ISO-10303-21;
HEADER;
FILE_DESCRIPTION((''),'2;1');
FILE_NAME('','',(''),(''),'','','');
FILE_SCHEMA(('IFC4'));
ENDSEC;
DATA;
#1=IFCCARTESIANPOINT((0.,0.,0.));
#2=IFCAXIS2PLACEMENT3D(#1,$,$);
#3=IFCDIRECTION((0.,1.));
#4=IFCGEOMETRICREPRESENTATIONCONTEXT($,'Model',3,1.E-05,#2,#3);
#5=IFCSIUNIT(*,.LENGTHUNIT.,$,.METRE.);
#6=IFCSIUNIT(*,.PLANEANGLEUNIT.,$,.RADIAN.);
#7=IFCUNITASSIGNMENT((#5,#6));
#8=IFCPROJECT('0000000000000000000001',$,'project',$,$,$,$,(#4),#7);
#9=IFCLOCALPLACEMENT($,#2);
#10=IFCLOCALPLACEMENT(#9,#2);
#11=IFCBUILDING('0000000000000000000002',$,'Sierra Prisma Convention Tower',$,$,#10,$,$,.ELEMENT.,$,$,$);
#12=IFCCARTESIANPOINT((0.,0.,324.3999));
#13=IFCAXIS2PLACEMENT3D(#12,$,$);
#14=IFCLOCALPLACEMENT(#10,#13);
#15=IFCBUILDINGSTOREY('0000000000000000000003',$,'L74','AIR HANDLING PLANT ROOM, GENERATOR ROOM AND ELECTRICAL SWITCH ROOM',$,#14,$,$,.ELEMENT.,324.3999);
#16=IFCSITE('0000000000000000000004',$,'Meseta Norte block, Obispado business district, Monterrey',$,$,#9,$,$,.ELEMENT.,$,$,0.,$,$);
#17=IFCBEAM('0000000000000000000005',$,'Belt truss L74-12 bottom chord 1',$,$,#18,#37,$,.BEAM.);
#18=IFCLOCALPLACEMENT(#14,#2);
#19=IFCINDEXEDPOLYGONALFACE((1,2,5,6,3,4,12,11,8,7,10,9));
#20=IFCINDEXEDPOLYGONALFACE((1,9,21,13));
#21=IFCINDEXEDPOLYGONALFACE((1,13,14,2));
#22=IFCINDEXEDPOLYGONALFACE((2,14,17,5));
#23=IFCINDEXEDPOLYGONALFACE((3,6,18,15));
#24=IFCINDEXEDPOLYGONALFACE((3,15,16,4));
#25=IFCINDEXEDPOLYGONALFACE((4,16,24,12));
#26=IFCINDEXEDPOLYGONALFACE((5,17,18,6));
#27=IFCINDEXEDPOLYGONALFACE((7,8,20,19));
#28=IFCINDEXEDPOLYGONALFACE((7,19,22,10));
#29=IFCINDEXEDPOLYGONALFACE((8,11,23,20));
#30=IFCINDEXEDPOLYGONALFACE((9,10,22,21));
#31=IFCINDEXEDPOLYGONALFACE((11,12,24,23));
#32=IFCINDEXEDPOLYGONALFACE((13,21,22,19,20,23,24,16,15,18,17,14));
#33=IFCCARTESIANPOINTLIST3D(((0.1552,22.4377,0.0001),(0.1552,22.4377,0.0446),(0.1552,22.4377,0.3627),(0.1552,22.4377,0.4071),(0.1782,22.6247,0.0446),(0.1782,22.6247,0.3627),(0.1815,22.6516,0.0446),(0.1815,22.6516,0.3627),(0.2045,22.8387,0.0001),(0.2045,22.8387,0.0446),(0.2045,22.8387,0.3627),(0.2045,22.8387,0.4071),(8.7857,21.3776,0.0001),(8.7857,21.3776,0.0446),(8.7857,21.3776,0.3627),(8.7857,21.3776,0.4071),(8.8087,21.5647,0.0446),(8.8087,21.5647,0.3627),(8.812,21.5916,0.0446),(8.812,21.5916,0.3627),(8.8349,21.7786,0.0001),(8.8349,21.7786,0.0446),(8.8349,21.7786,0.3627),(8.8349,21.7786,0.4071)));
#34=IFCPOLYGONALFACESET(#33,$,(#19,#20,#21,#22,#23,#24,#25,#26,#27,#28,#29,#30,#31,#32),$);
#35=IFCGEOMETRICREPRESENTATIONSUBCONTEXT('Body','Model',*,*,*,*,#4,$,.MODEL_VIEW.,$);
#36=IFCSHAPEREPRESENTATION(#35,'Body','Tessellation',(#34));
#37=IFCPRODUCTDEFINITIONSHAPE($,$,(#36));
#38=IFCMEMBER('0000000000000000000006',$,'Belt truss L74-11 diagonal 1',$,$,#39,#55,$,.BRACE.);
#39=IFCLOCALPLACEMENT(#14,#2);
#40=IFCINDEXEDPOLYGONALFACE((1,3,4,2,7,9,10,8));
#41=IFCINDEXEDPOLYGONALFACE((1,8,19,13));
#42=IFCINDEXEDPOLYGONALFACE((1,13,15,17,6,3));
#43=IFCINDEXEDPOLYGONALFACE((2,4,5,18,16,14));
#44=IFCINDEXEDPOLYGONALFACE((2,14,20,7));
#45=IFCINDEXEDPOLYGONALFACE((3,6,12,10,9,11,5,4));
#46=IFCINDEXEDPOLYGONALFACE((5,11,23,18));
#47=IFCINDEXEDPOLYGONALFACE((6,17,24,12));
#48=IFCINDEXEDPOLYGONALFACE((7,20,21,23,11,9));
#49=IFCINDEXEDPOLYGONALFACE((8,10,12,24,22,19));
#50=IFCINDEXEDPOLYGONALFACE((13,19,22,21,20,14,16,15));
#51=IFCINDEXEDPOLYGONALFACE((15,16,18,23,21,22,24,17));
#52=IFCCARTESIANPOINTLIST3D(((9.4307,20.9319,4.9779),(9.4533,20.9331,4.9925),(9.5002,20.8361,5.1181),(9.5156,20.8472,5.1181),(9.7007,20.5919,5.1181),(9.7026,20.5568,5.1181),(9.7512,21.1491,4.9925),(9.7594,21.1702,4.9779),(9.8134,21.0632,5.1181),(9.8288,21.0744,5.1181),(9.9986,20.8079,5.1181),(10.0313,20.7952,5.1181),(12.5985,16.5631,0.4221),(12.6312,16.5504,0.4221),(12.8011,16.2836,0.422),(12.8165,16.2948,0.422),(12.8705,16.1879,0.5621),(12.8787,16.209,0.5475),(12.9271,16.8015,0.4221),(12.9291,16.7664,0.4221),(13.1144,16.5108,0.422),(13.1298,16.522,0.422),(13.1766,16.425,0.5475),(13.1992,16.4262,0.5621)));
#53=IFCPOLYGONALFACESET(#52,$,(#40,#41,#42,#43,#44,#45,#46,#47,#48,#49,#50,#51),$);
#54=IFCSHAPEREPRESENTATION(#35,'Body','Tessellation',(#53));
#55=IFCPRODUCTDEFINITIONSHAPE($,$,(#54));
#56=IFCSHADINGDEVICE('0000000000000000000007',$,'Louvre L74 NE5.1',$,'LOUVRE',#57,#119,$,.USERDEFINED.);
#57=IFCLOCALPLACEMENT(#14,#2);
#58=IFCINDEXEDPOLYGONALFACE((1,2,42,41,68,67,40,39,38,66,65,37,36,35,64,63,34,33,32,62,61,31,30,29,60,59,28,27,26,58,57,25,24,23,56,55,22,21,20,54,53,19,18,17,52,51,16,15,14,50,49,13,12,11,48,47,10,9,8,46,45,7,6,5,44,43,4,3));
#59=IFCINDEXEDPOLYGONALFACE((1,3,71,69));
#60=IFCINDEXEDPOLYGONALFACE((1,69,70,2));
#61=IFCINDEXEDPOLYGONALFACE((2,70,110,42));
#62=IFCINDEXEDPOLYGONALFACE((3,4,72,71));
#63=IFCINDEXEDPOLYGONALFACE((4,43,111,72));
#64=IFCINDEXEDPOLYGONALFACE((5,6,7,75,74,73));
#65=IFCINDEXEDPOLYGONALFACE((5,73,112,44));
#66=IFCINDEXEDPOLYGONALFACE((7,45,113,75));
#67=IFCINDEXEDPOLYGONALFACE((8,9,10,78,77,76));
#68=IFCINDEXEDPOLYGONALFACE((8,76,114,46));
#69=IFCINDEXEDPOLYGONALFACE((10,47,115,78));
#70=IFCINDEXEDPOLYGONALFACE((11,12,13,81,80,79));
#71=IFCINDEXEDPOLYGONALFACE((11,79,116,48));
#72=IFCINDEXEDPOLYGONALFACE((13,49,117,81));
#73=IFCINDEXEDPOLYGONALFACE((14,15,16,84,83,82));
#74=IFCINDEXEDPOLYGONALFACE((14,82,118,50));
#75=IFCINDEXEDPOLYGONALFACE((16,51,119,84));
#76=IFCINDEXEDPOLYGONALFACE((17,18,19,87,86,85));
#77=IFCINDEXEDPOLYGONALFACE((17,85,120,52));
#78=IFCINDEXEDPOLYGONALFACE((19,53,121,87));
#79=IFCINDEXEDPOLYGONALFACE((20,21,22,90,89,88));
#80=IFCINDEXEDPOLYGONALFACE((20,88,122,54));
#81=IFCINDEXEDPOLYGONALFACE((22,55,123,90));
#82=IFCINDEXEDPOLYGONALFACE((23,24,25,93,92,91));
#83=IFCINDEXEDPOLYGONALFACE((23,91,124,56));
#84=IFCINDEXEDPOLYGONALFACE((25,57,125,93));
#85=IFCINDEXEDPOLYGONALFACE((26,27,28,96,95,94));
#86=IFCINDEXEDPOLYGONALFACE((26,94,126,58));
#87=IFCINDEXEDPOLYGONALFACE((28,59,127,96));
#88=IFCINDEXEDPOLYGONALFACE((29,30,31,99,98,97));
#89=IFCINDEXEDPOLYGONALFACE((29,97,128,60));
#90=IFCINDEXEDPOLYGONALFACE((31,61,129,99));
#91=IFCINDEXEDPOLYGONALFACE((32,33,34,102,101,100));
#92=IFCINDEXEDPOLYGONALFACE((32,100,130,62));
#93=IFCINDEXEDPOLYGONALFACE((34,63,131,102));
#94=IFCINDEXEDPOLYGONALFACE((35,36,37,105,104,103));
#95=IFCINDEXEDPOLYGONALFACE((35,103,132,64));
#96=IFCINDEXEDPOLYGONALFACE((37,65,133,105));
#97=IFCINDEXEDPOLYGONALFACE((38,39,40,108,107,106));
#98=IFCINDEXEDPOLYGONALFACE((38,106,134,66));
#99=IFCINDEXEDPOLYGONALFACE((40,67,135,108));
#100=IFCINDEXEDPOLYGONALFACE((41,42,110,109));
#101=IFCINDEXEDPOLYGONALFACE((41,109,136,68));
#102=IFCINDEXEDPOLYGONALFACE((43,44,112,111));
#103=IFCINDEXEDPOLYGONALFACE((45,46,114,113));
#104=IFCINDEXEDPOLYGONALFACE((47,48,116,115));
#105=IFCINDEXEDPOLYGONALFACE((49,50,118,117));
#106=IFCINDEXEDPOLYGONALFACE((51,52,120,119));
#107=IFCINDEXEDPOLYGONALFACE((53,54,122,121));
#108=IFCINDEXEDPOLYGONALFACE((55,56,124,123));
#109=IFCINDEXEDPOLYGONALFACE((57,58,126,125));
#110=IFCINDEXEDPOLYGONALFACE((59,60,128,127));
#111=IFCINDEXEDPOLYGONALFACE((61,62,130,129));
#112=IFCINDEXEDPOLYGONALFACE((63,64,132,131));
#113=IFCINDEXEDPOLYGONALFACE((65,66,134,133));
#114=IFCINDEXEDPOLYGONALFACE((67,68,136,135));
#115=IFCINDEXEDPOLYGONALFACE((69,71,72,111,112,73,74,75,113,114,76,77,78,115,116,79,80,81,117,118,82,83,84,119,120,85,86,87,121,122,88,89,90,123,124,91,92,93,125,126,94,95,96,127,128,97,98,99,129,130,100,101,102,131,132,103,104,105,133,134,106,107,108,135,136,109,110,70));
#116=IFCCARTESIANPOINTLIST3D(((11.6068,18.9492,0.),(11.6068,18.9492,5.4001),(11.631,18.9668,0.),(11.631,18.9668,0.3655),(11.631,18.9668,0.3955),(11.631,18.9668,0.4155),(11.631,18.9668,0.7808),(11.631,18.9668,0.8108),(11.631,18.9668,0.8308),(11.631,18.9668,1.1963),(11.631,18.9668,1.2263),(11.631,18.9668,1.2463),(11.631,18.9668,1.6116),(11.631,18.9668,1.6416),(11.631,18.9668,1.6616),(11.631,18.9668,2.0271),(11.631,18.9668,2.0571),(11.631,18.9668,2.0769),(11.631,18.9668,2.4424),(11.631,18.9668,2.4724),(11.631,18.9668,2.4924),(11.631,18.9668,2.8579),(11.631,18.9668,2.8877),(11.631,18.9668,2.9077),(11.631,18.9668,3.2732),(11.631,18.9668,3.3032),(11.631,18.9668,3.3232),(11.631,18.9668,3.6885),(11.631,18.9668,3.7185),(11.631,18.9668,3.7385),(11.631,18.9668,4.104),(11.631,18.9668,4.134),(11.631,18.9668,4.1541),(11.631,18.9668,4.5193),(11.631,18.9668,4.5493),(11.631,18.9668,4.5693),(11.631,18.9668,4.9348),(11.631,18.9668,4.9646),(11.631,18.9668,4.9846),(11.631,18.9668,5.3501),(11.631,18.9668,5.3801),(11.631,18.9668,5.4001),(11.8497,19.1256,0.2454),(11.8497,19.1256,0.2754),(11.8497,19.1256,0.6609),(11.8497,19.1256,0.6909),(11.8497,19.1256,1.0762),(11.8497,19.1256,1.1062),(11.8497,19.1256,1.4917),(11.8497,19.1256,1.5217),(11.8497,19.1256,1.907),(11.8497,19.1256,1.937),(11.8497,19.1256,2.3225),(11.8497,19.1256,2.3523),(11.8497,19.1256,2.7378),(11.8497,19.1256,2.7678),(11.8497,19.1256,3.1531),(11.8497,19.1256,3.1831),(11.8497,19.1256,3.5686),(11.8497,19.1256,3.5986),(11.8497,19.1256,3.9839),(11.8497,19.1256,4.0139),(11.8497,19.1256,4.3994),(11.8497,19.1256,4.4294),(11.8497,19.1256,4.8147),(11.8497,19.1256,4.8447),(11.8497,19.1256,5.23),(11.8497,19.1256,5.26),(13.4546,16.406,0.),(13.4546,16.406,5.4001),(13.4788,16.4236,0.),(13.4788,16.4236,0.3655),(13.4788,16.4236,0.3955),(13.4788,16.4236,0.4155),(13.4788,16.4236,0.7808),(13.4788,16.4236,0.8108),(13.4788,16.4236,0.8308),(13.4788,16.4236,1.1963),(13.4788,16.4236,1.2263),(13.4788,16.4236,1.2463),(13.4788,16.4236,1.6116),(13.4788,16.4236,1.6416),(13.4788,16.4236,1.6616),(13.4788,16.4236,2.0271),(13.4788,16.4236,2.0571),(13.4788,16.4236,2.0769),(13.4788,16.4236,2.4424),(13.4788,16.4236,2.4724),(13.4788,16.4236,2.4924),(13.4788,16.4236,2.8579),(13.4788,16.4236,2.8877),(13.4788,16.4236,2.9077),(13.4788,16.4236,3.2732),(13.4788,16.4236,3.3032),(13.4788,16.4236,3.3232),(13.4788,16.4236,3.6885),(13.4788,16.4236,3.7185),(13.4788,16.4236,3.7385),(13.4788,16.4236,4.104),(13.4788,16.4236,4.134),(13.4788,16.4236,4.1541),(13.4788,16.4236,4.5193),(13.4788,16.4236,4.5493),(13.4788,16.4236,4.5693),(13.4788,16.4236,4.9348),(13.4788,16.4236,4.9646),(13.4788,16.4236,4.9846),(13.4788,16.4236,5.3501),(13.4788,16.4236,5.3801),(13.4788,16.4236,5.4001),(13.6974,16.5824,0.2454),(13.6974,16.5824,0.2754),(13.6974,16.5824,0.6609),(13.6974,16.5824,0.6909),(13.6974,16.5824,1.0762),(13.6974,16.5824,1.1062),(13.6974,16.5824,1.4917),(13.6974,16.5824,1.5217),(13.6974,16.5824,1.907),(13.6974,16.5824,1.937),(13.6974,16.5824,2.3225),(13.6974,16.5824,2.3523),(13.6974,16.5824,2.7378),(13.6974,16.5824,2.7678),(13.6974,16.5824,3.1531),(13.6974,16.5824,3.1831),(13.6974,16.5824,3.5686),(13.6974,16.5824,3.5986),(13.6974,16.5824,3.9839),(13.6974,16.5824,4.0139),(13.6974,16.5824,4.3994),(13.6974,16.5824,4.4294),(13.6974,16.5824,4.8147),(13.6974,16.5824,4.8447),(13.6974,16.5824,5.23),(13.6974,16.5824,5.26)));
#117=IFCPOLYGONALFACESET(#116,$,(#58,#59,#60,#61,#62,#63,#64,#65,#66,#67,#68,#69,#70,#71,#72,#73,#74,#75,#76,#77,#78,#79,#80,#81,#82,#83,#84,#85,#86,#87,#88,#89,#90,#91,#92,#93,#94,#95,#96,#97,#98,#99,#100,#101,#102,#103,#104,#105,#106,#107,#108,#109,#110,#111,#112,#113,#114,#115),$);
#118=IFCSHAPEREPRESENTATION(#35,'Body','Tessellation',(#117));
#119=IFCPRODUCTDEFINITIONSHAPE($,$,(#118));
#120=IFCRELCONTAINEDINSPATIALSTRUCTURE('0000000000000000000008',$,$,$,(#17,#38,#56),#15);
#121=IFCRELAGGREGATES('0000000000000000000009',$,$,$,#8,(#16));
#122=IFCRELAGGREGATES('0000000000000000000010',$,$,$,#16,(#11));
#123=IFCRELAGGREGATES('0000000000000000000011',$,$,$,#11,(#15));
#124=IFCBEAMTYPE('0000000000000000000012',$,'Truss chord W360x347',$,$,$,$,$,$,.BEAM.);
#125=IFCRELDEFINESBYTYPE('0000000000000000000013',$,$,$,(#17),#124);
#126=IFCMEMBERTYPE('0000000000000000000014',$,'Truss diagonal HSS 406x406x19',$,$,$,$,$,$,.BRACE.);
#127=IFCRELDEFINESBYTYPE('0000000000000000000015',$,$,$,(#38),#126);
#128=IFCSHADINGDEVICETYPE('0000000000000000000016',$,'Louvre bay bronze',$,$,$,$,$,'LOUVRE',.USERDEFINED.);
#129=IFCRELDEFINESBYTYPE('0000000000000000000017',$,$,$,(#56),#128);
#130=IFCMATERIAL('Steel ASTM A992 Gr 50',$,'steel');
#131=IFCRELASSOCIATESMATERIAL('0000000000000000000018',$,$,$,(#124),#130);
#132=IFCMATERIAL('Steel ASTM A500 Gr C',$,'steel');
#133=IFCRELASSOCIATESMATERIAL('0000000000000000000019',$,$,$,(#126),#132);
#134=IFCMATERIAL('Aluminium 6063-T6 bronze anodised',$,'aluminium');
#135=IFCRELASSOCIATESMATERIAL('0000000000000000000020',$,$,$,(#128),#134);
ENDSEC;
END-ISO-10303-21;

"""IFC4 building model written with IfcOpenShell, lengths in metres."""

from ifc_helpers import new_model, si_unit, direction, frame, origin, origin_2d, place, context, subcontext, project, spatial, polyline, hollow_rectangle, i_section, outline, extrude, clip, halfspace, material, material_profile, profile_set, type_object, element, save


model = new_model("IFC4")

# Units and contexts
model_context = context("Model", 3, precision=1e-05, world=origin(), true_north=direction((0.0, 1.0)))
body_context = subcontext(model_context, "Body", "Model", "MODEL_VIEW")
ifc_project = project(units=[si_unit("LENGTHUNIT", "METRE"), si_unit("PLANEANGLEUNIT", "RADIAN")], contexts=[model_context])

# Site, building, storey
site_placement = place(None, origin())
site = spatial("IfcSite", under=ifc_project, at=site_placement, Name="Meseta Norte block, Obispado business district, Monterrey", CompositionType="ELEMENT", RefElevation=0.0)
building_placement = place(site_placement, origin())
building = spatial("IfcBuilding", under=site, at=building_placement, Name="Sierra Prisma Convention Tower", CompositionType="ELEMENT")
storey_placement = place(building_placement, frame((0.0, 0.0, 324.3999)))
storey = spatial("IfcBuildingStorey", under=building, at=storey_placement, Name="L74", Description="AIR HANDLING PLANT ROOM, GENERATOR ROOM AND ELECTRICAL SWITCH ROOM", CompositionType="ELEMENT", Elevation=324.3999)

# Beam
ifc_material_1 = material(Name="Steel ASTM A992 Gr 50", Category="steel")
ifc_material_profile_1 = material_profile(ifc_material_1, i_section(OverallWidth=0.4041, OverallDepth=0.407, WebThickness=0.0271, FlangeThickness=0.0444, at=origin_2d()), Name="W360x347")
ifc_profile_set_1 = profile_set([ifc_material_profile_1], Name="Steel ASTM A992 Gr 50")
beam_type_1 = type_object("IfcBeamType", Name="Truss chord W360x347", PredefinedType="BEAM", material=ifc_profile_set_1)
beam_1_placement = place(storey_placement, frame((8.8103, 21.5781, 0.2036), z_axis=(-0.992541, 0.121913, 0.0), x_axis=(-0.121913, -0.992541, 0.0)))
element("IfcBeam", 1, at=beam_1_placement, inside=storey, type_object=beam_type_1, Name="Belt truss L74-12 bottom chord 1", PredefinedType="BEAM", context=body_context, shape_type="SweptSolid", body=[
    extrude(i_section(OverallWidth=0.4041, OverallDepth=0.407, WebThickness=0.0271, FlangeThickness=0.0444, at=origin_2d()), origin(), (0.0, 0.0, 1.0), 8.6953),
])

# Member
ifc_material_2 = material(Name="Steel ASTM A500 Gr C", Category="steel")
ifc_material_profile_2 = material_profile(ifc_material_2, hollow_rectangle(XDim=0.406, YDim=0.406, WallThickness=0.019, at=origin_2d()), Name="Truss diagonal HSS 406x406x19")
ifc_profile_set_2 = profile_set([ifc_material_profile_2], Name="Steel ASTM A500 Gr C")
member_type = type_object("IfcMemberType", Name="Truss diagonal HSS 406x406x19", PredefinedType="BRACE", material=ifc_profile_set_2)
member_1_placement = place(storey_placement, frame((12.958, 16.4131, 0.407), z_axis=(-0.448545, 0.618599, 0.645092), x_axis=(-0.809573, -0.58702, 0.0)))
element("IfcMember", 2, at=member_1_placement, inside=storey, type_object=member_type, Name="Belt truss L74-11 diagonal 1", PredefinedType="BRACE", context=body_context, shape_type="SweptSolid", body=[
    clip(clip(extrude(hollow_rectangle(XDim=0.406, YDim=0.406, WallThickness=0.019, at=origin_2d()), origin(), (0.0, 0.0, 1.0), 7.3262), halfspace(frame((0.0, 0.0115, 0.0098), z_axis=(0.0, 0.76411, 0.645086), x_axis=(1.0, 0.0, 0.0)), True)), halfspace(frame((0.0, -0.0115, 7.3167), z_axis=(0.0, -0.764105, -0.645092), x_axis=(1.0, 0.0, 0.0)), True)),
])

# Shading device
ifc_material_3 = material(Name="Aluminium 6063-T6 bronze anodised", Category="aluminium")
shading_device_type = type_object("IfcShadingDeviceType", Name="Louvre bay bronze", ElementType="LOUVRE", PredefinedType="USERDEFINED", material=ifc_material_3)
shading_device_1_placement = place(storey_placement, frame((13.4546, 16.406, 0.0), z_axis=(0.58779, -0.809014, 0.0), x_axis=(0.0, 0.0, 1.0)))
element("IfcShadingDevice", 3, at=shading_device_1_placement, inside=storey, type_object=shading_device_type, Name="Louvre L74 NE5.1", ObjectType="LOUVRE", PredefinedType="USERDEFINED", context=body_context, shape_type="SweptSolid", body=[
    extrude(outline(polyline([(0.0, 0.0), (5.4001, 0.0), (5.4001, -0.0299), (5.3801, -0.0299), (5.26, -0.3001), (5.23, -0.3001), (5.3501, -0.0299), (4.9846, -0.0299), (4.9646, -0.0299), (4.8447, -0.3001), (4.8147, -0.3001), (4.9348, -0.0299), (4.5693, -0.0299), (4.5493, -0.0299), (4.4294, -0.3001), (4.3994, -0.3001), (4.5193, -0.0299), (4.1541, -0.0299), (4.134, -0.0299), (4.0139, -0.3001), (3.9839, -0.3001), (4.104, -0.0299), (3.7385, -0.0299), (3.7185, -0.0299), (3.5986, -0.3001), (3.5686, -0.3001), (3.6885, -0.0299), (3.3232, -0.0299), (3.3032, -0.0299), (3.1831, -0.3001), (3.1531, -0.3001), (3.2732, -0.0299), (2.9077, -0.0299), (2.8877, -0.0299), (2.7678, -0.3001), (2.7378, -0.3001), (2.8579, -0.0299), (2.4924, -0.0299), (2.4724, -0.0299), (2.3523, -0.3001), (2.3225, -0.3001), (2.4424, -0.0299), (2.0769, -0.0299), (2.0571, -0.0299), (1.937, -0.3001), (1.907, -0.3001), (2.0271, -0.0299), (1.6616, -0.0299), (1.6416, -0.0299), (1.5217, -0.3001), (1.4917, -0.3001), (1.6116, -0.0299), (1.2463, -0.0299), (1.2263, -0.0299), (1.1062, -0.3001), (1.0762, -0.3001), (1.1963, -0.0299), (0.8308, -0.0299), (0.8108, -0.0299), (0.6909, -0.3001), (0.6609, -0.3001), (0.7808, -0.0299), (0.4155, -0.0299), (0.3955, -0.0299), (0.2754, -0.3001), (0.2454, -0.3001), (0.3655, -0.0299), (0.0, -0.0299), (0.0, 0.0)])), origin(), (0.0, 0.0, -1.0), 3.1436),
])

save(model, "model.ifc")
